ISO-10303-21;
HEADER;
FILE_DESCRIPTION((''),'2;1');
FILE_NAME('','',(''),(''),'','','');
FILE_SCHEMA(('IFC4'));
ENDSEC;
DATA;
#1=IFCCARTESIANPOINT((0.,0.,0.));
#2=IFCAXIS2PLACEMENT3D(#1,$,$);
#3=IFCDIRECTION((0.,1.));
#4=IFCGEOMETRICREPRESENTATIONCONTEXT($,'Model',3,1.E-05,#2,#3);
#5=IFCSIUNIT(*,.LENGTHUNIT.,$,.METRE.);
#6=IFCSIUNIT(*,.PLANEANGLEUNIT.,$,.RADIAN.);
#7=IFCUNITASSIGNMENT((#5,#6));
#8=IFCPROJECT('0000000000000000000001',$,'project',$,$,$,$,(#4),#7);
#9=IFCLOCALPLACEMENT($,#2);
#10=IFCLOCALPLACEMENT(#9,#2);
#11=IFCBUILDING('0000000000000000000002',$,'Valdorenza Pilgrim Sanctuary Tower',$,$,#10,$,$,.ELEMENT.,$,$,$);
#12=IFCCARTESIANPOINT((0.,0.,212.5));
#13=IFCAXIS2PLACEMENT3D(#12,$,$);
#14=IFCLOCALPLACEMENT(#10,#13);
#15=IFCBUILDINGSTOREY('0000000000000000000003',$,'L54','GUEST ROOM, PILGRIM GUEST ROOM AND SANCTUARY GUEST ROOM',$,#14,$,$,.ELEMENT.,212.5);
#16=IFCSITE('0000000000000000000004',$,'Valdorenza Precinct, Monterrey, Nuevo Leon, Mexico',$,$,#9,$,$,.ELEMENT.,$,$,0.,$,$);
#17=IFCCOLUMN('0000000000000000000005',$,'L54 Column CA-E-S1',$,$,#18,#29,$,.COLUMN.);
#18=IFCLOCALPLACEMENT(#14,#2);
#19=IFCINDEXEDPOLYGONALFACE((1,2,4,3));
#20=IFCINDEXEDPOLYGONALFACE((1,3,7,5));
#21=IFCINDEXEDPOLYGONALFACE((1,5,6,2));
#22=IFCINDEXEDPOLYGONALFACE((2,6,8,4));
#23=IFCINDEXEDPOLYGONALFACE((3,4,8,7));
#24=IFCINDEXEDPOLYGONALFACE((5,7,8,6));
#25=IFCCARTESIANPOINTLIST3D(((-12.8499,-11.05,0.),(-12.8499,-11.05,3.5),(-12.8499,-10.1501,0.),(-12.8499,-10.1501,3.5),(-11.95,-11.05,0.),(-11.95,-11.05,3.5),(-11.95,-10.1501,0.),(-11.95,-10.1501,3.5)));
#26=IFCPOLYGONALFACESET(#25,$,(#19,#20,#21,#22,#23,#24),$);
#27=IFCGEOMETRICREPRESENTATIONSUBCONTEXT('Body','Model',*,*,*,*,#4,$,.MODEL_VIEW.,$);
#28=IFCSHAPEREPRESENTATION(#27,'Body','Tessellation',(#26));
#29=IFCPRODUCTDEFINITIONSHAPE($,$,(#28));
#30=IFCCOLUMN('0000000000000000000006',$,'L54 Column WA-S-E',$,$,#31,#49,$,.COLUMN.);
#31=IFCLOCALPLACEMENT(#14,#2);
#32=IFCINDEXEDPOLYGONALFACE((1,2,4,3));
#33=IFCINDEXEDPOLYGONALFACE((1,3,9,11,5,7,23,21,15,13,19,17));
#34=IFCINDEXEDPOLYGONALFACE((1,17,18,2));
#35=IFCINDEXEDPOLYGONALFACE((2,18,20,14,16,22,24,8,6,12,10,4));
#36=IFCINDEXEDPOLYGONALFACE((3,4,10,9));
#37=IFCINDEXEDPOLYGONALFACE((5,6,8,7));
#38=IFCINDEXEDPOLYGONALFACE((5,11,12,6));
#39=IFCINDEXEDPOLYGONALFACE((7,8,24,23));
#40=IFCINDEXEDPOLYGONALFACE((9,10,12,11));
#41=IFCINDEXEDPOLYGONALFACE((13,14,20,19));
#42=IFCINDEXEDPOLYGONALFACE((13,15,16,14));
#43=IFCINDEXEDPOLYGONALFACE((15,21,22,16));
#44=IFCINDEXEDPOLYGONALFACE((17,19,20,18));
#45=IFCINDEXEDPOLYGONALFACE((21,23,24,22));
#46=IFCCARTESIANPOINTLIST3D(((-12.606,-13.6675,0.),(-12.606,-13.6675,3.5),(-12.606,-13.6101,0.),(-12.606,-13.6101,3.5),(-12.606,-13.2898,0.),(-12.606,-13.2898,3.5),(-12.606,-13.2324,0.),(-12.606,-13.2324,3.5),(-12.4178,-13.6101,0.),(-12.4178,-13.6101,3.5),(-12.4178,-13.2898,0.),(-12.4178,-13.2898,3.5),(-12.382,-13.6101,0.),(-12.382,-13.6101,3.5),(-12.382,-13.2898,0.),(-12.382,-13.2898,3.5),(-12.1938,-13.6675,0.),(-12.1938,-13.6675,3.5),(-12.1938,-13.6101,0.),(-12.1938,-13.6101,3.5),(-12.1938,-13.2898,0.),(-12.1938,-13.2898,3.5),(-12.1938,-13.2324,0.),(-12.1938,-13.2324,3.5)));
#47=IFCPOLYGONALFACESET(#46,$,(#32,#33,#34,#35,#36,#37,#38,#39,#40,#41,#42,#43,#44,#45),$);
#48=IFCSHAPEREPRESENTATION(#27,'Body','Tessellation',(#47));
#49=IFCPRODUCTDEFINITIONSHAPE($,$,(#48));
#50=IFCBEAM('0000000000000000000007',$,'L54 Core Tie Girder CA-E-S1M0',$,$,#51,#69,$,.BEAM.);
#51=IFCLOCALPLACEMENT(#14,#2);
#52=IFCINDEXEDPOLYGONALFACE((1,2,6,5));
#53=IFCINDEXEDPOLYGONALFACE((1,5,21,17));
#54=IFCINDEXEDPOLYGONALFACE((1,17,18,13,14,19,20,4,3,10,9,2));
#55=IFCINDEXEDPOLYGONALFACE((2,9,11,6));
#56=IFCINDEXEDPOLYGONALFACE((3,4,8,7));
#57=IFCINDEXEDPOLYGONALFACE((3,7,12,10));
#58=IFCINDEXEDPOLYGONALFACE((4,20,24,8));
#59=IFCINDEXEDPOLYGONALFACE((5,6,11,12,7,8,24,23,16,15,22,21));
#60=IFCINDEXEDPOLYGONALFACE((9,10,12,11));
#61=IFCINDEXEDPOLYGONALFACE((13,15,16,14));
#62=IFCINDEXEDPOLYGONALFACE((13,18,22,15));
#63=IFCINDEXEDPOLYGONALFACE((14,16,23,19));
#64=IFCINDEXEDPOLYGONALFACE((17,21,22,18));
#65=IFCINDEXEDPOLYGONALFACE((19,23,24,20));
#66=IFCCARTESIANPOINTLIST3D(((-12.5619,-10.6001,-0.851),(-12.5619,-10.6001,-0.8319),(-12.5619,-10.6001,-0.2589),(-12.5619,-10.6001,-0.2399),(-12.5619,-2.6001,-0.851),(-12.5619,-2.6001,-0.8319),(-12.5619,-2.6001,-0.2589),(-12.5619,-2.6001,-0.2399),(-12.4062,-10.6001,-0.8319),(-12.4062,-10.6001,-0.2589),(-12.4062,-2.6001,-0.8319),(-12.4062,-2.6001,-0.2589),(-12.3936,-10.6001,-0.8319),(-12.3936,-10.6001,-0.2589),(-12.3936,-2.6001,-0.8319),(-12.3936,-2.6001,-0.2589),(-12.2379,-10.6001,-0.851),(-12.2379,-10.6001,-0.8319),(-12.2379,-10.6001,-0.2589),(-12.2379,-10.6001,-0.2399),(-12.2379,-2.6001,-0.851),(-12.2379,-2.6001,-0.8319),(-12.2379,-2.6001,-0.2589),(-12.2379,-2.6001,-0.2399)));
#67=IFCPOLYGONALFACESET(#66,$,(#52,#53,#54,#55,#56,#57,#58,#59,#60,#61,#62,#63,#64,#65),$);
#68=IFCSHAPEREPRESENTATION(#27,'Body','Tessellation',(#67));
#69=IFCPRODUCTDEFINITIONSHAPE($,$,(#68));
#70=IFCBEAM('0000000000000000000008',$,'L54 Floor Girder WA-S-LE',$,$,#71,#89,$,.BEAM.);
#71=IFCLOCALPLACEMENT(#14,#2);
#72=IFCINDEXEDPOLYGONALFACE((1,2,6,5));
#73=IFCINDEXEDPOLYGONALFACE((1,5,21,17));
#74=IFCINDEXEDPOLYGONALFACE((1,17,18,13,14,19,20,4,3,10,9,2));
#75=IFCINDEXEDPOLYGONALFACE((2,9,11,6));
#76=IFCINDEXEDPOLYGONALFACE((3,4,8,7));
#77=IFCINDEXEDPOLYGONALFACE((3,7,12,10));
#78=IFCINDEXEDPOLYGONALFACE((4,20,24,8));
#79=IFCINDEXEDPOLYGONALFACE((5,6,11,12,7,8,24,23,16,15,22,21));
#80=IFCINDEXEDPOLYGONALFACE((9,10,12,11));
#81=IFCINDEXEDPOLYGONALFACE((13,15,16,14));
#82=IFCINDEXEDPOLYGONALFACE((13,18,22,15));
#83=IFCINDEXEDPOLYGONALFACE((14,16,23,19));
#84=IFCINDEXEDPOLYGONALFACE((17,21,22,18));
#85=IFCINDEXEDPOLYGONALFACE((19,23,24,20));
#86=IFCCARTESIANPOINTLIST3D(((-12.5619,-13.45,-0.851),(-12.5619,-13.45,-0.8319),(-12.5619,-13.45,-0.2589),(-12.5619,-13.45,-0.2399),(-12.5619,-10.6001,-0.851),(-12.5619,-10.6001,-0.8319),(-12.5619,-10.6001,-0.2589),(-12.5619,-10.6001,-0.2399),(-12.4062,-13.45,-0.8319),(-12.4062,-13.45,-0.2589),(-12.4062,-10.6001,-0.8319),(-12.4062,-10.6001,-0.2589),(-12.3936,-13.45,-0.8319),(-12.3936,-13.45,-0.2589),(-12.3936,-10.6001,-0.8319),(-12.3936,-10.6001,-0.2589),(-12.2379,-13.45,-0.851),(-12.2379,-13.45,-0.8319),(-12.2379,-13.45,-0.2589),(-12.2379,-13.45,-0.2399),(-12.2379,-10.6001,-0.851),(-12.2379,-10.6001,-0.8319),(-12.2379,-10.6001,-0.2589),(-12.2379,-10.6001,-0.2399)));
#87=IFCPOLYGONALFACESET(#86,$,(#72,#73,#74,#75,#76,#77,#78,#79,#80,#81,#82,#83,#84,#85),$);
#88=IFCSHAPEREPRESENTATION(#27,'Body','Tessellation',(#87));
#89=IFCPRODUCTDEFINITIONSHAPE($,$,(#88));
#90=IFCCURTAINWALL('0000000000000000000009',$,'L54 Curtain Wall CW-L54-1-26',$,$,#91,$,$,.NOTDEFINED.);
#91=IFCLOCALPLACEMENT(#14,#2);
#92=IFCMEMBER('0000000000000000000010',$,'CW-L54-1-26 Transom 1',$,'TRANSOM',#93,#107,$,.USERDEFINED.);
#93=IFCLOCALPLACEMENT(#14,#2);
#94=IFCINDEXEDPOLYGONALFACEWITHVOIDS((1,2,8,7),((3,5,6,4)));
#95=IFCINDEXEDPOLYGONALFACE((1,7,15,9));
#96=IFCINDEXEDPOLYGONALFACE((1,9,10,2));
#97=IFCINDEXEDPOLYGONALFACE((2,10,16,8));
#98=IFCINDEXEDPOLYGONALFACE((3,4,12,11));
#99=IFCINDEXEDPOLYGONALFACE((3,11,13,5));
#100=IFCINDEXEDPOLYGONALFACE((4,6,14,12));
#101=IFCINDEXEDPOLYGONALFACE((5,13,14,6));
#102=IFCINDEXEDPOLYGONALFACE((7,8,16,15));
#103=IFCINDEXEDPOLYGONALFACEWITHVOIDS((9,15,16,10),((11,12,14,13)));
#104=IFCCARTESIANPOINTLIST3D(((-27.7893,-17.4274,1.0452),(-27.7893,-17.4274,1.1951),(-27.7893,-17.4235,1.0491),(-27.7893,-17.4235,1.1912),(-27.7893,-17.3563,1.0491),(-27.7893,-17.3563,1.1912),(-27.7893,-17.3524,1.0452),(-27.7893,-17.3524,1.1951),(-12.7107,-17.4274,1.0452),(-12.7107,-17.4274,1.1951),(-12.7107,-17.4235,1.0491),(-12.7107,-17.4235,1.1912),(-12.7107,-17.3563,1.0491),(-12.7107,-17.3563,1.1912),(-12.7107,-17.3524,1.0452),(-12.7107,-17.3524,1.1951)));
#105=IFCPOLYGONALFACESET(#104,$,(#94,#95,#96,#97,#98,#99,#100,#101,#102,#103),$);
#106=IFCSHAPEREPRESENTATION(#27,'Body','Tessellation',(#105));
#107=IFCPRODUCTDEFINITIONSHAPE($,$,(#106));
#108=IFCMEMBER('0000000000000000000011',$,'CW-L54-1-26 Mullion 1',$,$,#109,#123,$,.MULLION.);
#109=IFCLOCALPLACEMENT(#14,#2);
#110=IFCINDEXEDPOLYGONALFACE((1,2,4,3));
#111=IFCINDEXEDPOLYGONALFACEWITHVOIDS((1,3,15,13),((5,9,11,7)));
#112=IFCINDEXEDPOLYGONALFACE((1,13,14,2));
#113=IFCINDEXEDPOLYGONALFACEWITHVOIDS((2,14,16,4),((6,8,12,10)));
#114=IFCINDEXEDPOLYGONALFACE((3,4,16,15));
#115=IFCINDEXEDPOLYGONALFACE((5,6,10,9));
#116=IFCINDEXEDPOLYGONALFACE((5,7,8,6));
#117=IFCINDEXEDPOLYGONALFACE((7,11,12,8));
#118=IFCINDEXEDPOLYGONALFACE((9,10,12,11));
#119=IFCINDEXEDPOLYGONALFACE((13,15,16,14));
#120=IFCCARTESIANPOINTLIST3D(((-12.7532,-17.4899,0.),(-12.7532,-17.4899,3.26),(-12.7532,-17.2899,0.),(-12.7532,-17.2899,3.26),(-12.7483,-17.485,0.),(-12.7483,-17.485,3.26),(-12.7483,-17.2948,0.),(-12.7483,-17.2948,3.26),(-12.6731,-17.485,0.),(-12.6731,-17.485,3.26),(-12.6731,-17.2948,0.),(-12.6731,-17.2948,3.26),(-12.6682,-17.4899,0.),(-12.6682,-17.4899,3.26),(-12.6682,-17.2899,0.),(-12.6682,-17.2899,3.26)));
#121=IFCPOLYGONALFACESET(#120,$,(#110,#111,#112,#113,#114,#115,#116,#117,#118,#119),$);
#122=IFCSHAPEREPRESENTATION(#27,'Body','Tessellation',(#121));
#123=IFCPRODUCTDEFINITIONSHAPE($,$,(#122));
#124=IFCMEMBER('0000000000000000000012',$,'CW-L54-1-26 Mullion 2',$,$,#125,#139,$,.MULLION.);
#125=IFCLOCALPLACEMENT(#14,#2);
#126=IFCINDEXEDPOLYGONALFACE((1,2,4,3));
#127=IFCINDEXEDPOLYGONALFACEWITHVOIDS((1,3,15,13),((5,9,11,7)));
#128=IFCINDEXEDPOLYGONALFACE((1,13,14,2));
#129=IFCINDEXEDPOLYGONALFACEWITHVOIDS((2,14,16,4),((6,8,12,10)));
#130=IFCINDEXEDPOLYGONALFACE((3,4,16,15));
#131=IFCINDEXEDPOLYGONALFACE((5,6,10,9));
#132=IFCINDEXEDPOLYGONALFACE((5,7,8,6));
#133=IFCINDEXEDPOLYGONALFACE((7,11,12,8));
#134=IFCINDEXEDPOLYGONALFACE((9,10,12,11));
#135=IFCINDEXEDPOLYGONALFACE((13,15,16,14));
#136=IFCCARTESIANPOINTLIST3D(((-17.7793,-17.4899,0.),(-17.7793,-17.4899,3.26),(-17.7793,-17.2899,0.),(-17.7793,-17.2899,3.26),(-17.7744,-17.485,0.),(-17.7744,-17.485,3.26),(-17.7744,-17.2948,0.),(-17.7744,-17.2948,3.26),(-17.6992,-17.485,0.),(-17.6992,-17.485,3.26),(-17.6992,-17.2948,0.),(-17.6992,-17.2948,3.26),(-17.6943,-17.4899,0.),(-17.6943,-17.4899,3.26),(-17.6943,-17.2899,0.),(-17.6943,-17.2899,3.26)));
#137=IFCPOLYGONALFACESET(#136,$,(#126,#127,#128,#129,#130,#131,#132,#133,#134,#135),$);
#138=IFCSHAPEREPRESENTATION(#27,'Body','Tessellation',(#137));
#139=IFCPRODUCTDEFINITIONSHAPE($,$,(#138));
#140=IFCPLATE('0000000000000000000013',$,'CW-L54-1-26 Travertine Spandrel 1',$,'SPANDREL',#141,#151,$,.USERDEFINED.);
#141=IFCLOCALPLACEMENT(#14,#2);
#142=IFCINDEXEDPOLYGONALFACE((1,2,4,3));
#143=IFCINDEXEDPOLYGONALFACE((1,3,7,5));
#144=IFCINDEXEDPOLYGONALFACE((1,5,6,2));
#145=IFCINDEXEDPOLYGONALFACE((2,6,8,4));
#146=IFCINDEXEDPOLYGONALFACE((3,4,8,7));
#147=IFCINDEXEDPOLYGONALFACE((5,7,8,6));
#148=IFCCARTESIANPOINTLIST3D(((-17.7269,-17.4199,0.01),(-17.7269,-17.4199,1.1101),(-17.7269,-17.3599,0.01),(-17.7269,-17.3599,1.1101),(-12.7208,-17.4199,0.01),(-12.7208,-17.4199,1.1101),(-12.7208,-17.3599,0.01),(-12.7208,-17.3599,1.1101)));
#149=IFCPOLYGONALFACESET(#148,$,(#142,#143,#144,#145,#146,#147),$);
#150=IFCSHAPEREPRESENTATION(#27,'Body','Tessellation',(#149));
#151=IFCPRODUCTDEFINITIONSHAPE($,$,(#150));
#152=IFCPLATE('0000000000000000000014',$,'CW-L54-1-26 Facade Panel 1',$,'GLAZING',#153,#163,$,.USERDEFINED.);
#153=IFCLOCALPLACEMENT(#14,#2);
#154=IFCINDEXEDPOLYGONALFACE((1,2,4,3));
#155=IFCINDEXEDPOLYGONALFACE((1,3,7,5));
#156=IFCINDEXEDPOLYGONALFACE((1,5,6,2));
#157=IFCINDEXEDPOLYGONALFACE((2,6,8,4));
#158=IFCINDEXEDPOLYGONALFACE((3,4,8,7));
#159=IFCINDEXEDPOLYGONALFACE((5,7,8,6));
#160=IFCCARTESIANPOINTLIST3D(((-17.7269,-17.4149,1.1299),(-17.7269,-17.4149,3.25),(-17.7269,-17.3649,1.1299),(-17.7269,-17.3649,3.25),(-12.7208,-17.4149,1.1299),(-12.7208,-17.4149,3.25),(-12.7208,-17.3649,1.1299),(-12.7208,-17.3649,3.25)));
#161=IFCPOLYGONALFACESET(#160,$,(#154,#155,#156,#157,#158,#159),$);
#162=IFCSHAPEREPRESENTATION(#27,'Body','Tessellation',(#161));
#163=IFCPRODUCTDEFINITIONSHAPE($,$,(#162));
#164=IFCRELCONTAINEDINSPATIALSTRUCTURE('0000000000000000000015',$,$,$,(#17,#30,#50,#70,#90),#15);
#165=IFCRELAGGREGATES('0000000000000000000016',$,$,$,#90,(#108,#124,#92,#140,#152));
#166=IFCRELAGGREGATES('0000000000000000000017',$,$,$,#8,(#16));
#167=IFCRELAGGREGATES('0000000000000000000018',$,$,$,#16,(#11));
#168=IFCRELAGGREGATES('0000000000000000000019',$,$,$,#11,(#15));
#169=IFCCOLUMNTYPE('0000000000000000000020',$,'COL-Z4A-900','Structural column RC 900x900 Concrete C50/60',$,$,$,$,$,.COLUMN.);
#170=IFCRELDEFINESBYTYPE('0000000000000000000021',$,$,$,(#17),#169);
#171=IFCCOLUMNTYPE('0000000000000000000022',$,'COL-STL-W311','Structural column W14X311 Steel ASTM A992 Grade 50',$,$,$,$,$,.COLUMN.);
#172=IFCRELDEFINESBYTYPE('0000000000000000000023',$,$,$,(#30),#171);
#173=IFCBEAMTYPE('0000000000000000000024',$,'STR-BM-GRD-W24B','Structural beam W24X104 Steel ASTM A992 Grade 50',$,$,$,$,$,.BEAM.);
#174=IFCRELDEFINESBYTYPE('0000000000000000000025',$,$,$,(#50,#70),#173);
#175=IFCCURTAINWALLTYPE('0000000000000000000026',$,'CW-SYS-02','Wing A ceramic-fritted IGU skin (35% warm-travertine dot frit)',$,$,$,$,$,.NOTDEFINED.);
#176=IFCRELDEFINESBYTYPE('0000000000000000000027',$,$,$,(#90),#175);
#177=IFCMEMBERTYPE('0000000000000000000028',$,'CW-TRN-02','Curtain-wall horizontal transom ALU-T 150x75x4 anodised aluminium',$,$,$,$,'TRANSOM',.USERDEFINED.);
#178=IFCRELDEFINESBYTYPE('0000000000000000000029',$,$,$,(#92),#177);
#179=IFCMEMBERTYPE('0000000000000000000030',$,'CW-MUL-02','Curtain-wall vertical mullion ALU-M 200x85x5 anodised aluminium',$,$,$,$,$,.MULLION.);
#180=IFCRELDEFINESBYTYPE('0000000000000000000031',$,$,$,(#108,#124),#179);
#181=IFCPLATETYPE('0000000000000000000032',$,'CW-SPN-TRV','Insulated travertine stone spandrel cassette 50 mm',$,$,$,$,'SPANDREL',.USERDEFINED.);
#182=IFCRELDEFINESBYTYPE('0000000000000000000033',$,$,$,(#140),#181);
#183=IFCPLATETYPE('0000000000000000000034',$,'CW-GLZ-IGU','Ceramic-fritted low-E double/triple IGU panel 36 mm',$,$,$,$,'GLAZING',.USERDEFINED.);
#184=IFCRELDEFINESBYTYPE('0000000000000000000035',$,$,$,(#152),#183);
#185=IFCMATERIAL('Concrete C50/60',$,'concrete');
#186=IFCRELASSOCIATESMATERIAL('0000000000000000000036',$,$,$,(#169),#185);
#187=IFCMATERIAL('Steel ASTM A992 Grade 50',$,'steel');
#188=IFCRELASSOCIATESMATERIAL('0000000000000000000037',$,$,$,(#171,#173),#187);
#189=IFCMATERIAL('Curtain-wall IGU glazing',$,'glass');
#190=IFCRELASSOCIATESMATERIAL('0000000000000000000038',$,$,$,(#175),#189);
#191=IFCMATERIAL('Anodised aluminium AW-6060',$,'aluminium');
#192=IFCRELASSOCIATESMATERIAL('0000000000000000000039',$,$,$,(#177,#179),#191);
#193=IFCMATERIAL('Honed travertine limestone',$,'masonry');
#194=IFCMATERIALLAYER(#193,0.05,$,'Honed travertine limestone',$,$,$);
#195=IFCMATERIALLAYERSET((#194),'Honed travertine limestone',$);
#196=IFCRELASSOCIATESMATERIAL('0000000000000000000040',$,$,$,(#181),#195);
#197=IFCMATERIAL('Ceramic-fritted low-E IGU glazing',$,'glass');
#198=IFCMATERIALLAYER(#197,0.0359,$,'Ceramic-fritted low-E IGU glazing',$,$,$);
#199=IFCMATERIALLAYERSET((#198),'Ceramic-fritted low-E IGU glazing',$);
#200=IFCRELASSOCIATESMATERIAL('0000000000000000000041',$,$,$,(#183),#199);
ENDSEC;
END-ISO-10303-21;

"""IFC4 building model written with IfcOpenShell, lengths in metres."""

from ifc_helpers import new_model, si_unit, direction, frame, origin, origin_2d, place, context, subcontext, project, spatial, rectangle, hollow_rectangle, i_section, extrude, source, transform, mapped, material, layer, layer_set, material_profile, profile_set, type_object, element, aggregate, save


model = new_model("IFC4")

# Units and contexts
model_context = context("Model", 3, precision=1e-05, world=origin(), true_north=direction((0.0, 1.0)))
body_context = subcontext(model_context, "Body", "Model", "MODEL_VIEW")
ifc_project = project(units=[si_unit("LENGTHUNIT", "METRE"), si_unit("PLANEANGLEUNIT", "RADIAN")], contexts=[model_context])

# Site, building, storey
site_placement = place(None, origin())
site = spatial("IfcSite", under=ifc_project, at=site_placement, Name="Valdorenza Precinct, Monterrey, Nuevo Leon, Mexico", CompositionType="ELEMENT", RefElevation=0.0)
building_placement = place(site_placement, origin())
building = spatial("IfcBuilding", under=site, at=building_placement, Name="Valdorenza Pilgrim Sanctuary Tower", CompositionType="ELEMENT")
storey_placement = place(building_placement, frame((0.0, 0.0, 212.5)))
storey = spatial("IfcBuildingStorey", under=building, at=storey_placement, Name="L54", Description="GUEST ROOM, PILGRIM GUEST ROOM AND SANCTUARY GUEST ROOM", CompositionType="ELEMENT", Elevation=212.5)

# Columns
ifc_material_1 = material(Name="Concrete C50/60", Category="concrete")
ifc_material_profile_1 = material_profile(ifc_material_1, rectangle(XDim=0.8999, YDim=0.8999, at=origin_2d()), Name="RC 900x900")
ifc_profile_set_1 = profile_set([ifc_material_profile_1], Name="Concrete C50/60")
column_type_1 = type_object("IfcColumnType", Name="COL-Z4A-900", Description="Structural column RC 900x900 Concrete C50/60", PredefinedType="COLUMN", material=ifc_profile_set_1)
shared_shape_1 = source(origin(), body_context, "Body", "SweptSolid", [
    extrude(rectangle(XDim=0.8999, YDim=0.8999, at=origin_2d()), origin(), (0.0, 0.0, 1.0), 3.5),
])
column_1_placement = place(storey_placement, frame((-12.3999, -10.6001, 0.0), z_axis=(0.0, 0.0, 1.0), x_axis=(1.0, 0.0, 0.0)))
element("IfcColumn", 1, at=column_1_placement, inside=storey, type_object=column_type_1, Name="L54 Column CA-E-S1", PredefinedType="COLUMN", context=body_context, shape_type="MappedRepresentation", body=[
    mapped(shared_shape_1, transform((0.0, 0.0, 0.0), x_axis=(1.0, 0.0, 0.0), y_axis=(0.0, 1.0, 0.0), z_axis=(0.0, 0.0, 1.0), scale=1.0)),
])
ifc_material_2 = material(Name="Steel ASTM A992 Grade 50", Category="steel")
ifc_material_profile_2 = material_profile(ifc_material_2, i_section(OverallWidth=0.4121, OverallDepth=0.4351, WebThickness=0.0359, FlangeThickness=0.0574, at=origin_2d()), Name="W14X311")
ifc_profile_set_2 = profile_set([ifc_material_profile_2], Name="Steel ASTM A992 Grade 50")
column_type_2 = type_object("IfcColumnType", Name="COL-STL-W311", Description="Structural column W14X311 Steel ASTM A992 Grade 50", PredefinedType="COLUMN", material=ifc_profile_set_2)
shared_shape_2 = source(origin(), body_context, "Body", "SweptSolid", [
    extrude(i_section(OverallWidth=0.4121, OverallDepth=0.4351, WebThickness=0.0359, FlangeThickness=0.0574, at=origin_2d()), origin(), (0.0, 0.0, 1.0), 3.5),
])
column_2_placement = place(storey_placement, frame((-12.3999, -13.45, 0.0), z_axis=(0.0, 0.0, 1.0), x_axis=(1.0, 0.0, 0.0)))
element("IfcColumn", 2, at=column_2_placement, inside=storey, type_object=column_type_2, Name="L54 Column WA-S-E", PredefinedType="COLUMN", context=body_context, shape_type="MappedRepresentation", body=[
    mapped(shared_shape_2, transform((0.0, 0.0, 0.0), x_axis=(1.0, 0.0, 0.0), y_axis=(0.0, 1.0, 0.0), z_axis=(0.0, 0.0, 1.0), scale=1.0)),
])

# Beams
ifc_material_profile_3 = material_profile(ifc_material_2, i_section(OverallWidth=0.324, OverallDepth=0.6111, WebThickness=0.0127, FlangeThickness=0.019, at=origin_2d()), Name="W24X104")
ifc_profile_set_3 = profile_set([ifc_material_profile_3], Name="Steel ASTM A992 Grade 50")
beam_type = type_object("IfcBeamType", Name="STR-BM-GRD-W24B", Description="Structural beam W24X104 Steel ASTM A992 Grade 50", PredefinedType="BEAM", material=ifc_profile_set_3)
shared_shape_3 = source(origin(), body_context, "Body", "SweptSolid", [
    extrude(i_section(OverallWidth=0.324, OverallDepth=0.6111, WebThickness=0.0127, FlangeThickness=0.019, at=origin_2d()), origin(), (0.0, 0.0, 1.0), 8.0),
])
beam_1_placement = place(storey_placement, frame((-12.3999, -10.6001, -0.5454), z_axis=(0.0, 1.0, 0.0), x_axis=(-1.0, 0.0, 0.0)))
element("IfcBeam", 3, at=beam_1_placement, inside=storey, type_object=beam_type, Name="L54 Core Tie Girder CA-E-S1M0", PredefinedType="BEAM", context=body_context, shape_type="MappedRepresentation", body=[
    mapped(shared_shape_3, transform((0.0, 0.0, 0.0), x_axis=(1.0, 0.0, 0.0), y_axis=(0.0, 1.0, 0.0), z_axis=(0.0, 0.0, 1.0), scale=1.0)),
])
shared_shape_4 = source(origin(), body_context, "Body", "SweptSolid", [
    extrude(i_section(OverallWidth=0.324, OverallDepth=0.6111, WebThickness=0.0127, FlangeThickness=0.019, at=origin_2d()), origin(), (0.0, 0.0, 1.0), 2.8499),
])
beam_2_placement = place(storey_placement, frame((-12.3999, -13.45, -0.5454), z_axis=(0.0, 1.0, 0.0), x_axis=(-1.0, 0.0, 0.0)))
element("IfcBeam", 4, at=beam_2_placement, inside=storey, type_object=beam_type, Name="L54 Floor Girder WA-S-LE", PredefinedType="BEAM", context=body_context, shape_type="MappedRepresentation", body=[
    mapped(shared_shape_4, transform((0.0, 0.0, 0.0), x_axis=(1.0, 0.0, 0.0), y_axis=(0.0, 1.0, 0.0), z_axis=(0.0, 0.0, 1.0), scale=1.0)),
])

# Curtain wall, members, plates
ifc_material_3 = material(Name="Curtain-wall IGU glazing", Category="glass")
curtain_wall_type = type_object("IfcCurtainWallType", Name="CW-SYS-02", Description="Wing A ceramic-fritted IGU skin (35% warm-travertine dot frit)", PredefinedType="NOTDEFINED", material=ifc_material_3)
curtain_wall_placement = place(storey_placement, origin())
curtain_wall = element("IfcCurtainWall", 5, at=curtain_wall_placement, inside=storey, type_object=curtain_wall_type, Name="L54 Curtain Wall CW-L54-1-26", PredefinedType="NOTDEFINED")
ifc_material_4 = material(Name="Anodised aluminium AW-6060", Category="aluminium")
ifc_material_profile_4 = material_profile(ifc_material_4, hollow_rectangle(XDim=0.075, YDim=0.1499, WallThickness=0.0039, at=origin_2d()), Name="ALU-T 150x75x4")
ifc_profile_set_4 = profile_set([ifc_material_profile_4], Name="Anodised aluminium AW-6060")
member_type_1 = type_object("IfcMemberType", Name="CW-TRN-02", Description="Curtain-wall horizontal transom ALU-T 150x75x4 anodised aluminium", ElementType="TRANSOM", PredefinedType="USERDEFINED", material=ifc_profile_set_4)
shared_shape_5 = source(origin(), body_context, "Body", "SweptSolid", [
    extrude(hollow_rectangle(XDim=0.075, YDim=0.1499, WallThickness=0.0039, at=origin_2d()), origin(), (0.0, 0.0, 1.0), 15.0786),
])
member_1_placement = place(storey_placement, frame((-12.7107, -17.3899, 1.1201), z_axis=(-1.0, 0.0, 0.0), x_axis=(0.0, -1.0, 0.0)))
member_1 = element("IfcMember", 6, at=member_1_placement, type_object=member_type_1, Name="CW-L54-1-26 Transom 1", ObjectType="TRANSOM", PredefinedType="USERDEFINED", context=body_context, shape_type="MappedRepresentation", body=[
    mapped(shared_shape_5, transform((0.0, 0.0, 0.0), x_axis=(1.0, 0.0, 0.0), y_axis=(0.0, 1.0, 0.0), z_axis=(0.0, 0.0, 1.0), scale=1.0)),
])
ifc_material_profile_5 = material_profile(ifc_material_4, hollow_rectangle(XDim=0.085, YDim=0.2, WallThickness=0.0049, at=origin_2d()), Name="ALU-M 200x85x5")
ifc_profile_set_5 = profile_set([ifc_material_profile_5], Name="Anodised aluminium AW-6060")
member_type_2 = type_object("IfcMemberType", Name="CW-MUL-02", Description="Curtain-wall vertical mullion ALU-M 200x85x5 anodised aluminium", PredefinedType="MULLION", material=ifc_profile_set_5)
shared_shape_6 = source(origin(), body_context, "Body", "SweptSolid", [
    extrude(hollow_rectangle(XDim=0.085, YDim=0.2, WallThickness=0.0049, at=origin_2d()), origin(), (0.0, 0.0, 1.0), 3.26),
])
member_2_placement = place(storey_placement, frame((-12.7107, -17.3899, 0.0), z_axis=(0.0, 0.0, 1.0), x_axis=(-1.0, 0.0, 0.0)))
member_2 = element("IfcMember", 7, at=member_2_placement, type_object=member_type_2, Name="CW-L54-1-26 Mullion 1", PredefinedType="MULLION", context=body_context, shape_type="MappedRepresentation", body=[
    mapped(shared_shape_6, transform((0.0, 0.0, 0.0), x_axis=(1.0, 0.0, 0.0), y_axis=(0.0, 1.0, 0.0), z_axis=(0.0, 0.0, 1.0), scale=1.0)),
])
member_3_placement = place(storey_placement, frame((-17.7368, -17.3899, 0.0), z_axis=(0.0, 0.0, 1.0), x_axis=(-1.0, 0.0, 0.0)))
member_3 = element("IfcMember", 8, at=member_3_placement, type_object=member_type_2, Name="CW-L54-1-26 Mullion 2", PredefinedType="MULLION", context=body_context, shape_type="MappedRepresentation", body=[
    mapped(shared_shape_6, transform((0.0, 0.0, 0.0), x_axis=(1.0, 0.0, 0.0), y_axis=(0.0, 1.0, 0.0), z_axis=(0.0, 0.0, 1.0), scale=1.0)),
])
ifc_material_5 = material(Name="Honed travertine limestone", Category="masonry")
ifc_layer_1 = layer(ifc_material_5, 0.05, Name="Honed travertine limestone")
ifc_layer_set_1 = layer_set([ifc_layer_1], Name="Honed travertine limestone")
plate_type_1 = type_object("IfcPlateType", Name="CW-SPN-TRV", Description="Insulated travertine stone spandrel cassette 50 mm", ElementType="SPANDREL", PredefinedType="USERDEFINED", material=ifc_layer_set_1)
shared_shape_7 = source(origin(), body_context, "Body", "SweptSolid", [
    extrude(rectangle(XDim=5.0061, YDim=0.0601, at=origin_2d()), origin(), (0.0, 0.0, 1.0), 1.1001),
])
plate_1_placement = place(storey_placement, frame((-15.2239, -17.3899, 0.01), z_axis=(0.0, 0.0, 1.0), x_axis=(-1.0, 0.0, 0.0)))
plate_1 = element("IfcPlate", 9, at=plate_1_placement, type_object=plate_type_1, Name="CW-L54-1-26 Travertine Spandrel 1", ObjectType="SPANDREL", PredefinedType="USERDEFINED", context=body_context, shape_type="MappedRepresentation", body=[
    mapped(shared_shape_7, transform((0.0, 0.0, 0.0), x_axis=(1.0, 0.0, 0.0), y_axis=(0.0, 1.0, 0.0), z_axis=(0.0, 0.0, 1.0), scale=1.0)),
])
ifc_material_6 = material(Name="Ceramic-fritted low-E IGU glazing", Category="glass")
ifc_layer_2 = layer(ifc_material_6, 0.0359, Name="Ceramic-fritted low-E IGU glazing")
ifc_layer_set_2 = layer_set([ifc_layer_2], Name="Ceramic-fritted low-E IGU glazing")
plate_type_2 = type_object("IfcPlateType", Name="CW-GLZ-IGU", Description="Ceramic-fritted low-E double/triple IGU panel 36 mm", ElementType="GLAZING", PredefinedType="USERDEFINED", material=ifc_layer_set_2)
shared_shape_8 = source(origin(), body_context, "Body", "SweptSolid", [
    extrude(rectangle(XDim=5.0061, YDim=0.05, at=origin_2d()), origin(), (0.0, 0.0, 1.0), 2.1201),
])
plate_2_placement = place(storey_placement, frame((-15.2239, -17.3899, 1.1299), z_axis=(0.0, 0.0, 1.0), x_axis=(-1.0, 0.0, 0.0)))
plate_2 = element("IfcPlate", 10, at=plate_2_placement, type_object=plate_type_2, Name="CW-L54-1-26 Facade Panel 1", ObjectType="GLAZING", PredefinedType="USERDEFINED", context=body_context, shape_type="MappedRepresentation", body=[
    mapped(shared_shape_8, transform((0.0, 0.0, 0.0), x_axis=(1.0, 0.0, 0.0), y_axis=(0.0, 1.0, 0.0), z_axis=(0.0, 0.0, 1.0), scale=1.0)),
])
aggregate(curtain_wall, [member_2, member_3, member_1, plate_1, plate_2])

save(model, "model.ifc")
